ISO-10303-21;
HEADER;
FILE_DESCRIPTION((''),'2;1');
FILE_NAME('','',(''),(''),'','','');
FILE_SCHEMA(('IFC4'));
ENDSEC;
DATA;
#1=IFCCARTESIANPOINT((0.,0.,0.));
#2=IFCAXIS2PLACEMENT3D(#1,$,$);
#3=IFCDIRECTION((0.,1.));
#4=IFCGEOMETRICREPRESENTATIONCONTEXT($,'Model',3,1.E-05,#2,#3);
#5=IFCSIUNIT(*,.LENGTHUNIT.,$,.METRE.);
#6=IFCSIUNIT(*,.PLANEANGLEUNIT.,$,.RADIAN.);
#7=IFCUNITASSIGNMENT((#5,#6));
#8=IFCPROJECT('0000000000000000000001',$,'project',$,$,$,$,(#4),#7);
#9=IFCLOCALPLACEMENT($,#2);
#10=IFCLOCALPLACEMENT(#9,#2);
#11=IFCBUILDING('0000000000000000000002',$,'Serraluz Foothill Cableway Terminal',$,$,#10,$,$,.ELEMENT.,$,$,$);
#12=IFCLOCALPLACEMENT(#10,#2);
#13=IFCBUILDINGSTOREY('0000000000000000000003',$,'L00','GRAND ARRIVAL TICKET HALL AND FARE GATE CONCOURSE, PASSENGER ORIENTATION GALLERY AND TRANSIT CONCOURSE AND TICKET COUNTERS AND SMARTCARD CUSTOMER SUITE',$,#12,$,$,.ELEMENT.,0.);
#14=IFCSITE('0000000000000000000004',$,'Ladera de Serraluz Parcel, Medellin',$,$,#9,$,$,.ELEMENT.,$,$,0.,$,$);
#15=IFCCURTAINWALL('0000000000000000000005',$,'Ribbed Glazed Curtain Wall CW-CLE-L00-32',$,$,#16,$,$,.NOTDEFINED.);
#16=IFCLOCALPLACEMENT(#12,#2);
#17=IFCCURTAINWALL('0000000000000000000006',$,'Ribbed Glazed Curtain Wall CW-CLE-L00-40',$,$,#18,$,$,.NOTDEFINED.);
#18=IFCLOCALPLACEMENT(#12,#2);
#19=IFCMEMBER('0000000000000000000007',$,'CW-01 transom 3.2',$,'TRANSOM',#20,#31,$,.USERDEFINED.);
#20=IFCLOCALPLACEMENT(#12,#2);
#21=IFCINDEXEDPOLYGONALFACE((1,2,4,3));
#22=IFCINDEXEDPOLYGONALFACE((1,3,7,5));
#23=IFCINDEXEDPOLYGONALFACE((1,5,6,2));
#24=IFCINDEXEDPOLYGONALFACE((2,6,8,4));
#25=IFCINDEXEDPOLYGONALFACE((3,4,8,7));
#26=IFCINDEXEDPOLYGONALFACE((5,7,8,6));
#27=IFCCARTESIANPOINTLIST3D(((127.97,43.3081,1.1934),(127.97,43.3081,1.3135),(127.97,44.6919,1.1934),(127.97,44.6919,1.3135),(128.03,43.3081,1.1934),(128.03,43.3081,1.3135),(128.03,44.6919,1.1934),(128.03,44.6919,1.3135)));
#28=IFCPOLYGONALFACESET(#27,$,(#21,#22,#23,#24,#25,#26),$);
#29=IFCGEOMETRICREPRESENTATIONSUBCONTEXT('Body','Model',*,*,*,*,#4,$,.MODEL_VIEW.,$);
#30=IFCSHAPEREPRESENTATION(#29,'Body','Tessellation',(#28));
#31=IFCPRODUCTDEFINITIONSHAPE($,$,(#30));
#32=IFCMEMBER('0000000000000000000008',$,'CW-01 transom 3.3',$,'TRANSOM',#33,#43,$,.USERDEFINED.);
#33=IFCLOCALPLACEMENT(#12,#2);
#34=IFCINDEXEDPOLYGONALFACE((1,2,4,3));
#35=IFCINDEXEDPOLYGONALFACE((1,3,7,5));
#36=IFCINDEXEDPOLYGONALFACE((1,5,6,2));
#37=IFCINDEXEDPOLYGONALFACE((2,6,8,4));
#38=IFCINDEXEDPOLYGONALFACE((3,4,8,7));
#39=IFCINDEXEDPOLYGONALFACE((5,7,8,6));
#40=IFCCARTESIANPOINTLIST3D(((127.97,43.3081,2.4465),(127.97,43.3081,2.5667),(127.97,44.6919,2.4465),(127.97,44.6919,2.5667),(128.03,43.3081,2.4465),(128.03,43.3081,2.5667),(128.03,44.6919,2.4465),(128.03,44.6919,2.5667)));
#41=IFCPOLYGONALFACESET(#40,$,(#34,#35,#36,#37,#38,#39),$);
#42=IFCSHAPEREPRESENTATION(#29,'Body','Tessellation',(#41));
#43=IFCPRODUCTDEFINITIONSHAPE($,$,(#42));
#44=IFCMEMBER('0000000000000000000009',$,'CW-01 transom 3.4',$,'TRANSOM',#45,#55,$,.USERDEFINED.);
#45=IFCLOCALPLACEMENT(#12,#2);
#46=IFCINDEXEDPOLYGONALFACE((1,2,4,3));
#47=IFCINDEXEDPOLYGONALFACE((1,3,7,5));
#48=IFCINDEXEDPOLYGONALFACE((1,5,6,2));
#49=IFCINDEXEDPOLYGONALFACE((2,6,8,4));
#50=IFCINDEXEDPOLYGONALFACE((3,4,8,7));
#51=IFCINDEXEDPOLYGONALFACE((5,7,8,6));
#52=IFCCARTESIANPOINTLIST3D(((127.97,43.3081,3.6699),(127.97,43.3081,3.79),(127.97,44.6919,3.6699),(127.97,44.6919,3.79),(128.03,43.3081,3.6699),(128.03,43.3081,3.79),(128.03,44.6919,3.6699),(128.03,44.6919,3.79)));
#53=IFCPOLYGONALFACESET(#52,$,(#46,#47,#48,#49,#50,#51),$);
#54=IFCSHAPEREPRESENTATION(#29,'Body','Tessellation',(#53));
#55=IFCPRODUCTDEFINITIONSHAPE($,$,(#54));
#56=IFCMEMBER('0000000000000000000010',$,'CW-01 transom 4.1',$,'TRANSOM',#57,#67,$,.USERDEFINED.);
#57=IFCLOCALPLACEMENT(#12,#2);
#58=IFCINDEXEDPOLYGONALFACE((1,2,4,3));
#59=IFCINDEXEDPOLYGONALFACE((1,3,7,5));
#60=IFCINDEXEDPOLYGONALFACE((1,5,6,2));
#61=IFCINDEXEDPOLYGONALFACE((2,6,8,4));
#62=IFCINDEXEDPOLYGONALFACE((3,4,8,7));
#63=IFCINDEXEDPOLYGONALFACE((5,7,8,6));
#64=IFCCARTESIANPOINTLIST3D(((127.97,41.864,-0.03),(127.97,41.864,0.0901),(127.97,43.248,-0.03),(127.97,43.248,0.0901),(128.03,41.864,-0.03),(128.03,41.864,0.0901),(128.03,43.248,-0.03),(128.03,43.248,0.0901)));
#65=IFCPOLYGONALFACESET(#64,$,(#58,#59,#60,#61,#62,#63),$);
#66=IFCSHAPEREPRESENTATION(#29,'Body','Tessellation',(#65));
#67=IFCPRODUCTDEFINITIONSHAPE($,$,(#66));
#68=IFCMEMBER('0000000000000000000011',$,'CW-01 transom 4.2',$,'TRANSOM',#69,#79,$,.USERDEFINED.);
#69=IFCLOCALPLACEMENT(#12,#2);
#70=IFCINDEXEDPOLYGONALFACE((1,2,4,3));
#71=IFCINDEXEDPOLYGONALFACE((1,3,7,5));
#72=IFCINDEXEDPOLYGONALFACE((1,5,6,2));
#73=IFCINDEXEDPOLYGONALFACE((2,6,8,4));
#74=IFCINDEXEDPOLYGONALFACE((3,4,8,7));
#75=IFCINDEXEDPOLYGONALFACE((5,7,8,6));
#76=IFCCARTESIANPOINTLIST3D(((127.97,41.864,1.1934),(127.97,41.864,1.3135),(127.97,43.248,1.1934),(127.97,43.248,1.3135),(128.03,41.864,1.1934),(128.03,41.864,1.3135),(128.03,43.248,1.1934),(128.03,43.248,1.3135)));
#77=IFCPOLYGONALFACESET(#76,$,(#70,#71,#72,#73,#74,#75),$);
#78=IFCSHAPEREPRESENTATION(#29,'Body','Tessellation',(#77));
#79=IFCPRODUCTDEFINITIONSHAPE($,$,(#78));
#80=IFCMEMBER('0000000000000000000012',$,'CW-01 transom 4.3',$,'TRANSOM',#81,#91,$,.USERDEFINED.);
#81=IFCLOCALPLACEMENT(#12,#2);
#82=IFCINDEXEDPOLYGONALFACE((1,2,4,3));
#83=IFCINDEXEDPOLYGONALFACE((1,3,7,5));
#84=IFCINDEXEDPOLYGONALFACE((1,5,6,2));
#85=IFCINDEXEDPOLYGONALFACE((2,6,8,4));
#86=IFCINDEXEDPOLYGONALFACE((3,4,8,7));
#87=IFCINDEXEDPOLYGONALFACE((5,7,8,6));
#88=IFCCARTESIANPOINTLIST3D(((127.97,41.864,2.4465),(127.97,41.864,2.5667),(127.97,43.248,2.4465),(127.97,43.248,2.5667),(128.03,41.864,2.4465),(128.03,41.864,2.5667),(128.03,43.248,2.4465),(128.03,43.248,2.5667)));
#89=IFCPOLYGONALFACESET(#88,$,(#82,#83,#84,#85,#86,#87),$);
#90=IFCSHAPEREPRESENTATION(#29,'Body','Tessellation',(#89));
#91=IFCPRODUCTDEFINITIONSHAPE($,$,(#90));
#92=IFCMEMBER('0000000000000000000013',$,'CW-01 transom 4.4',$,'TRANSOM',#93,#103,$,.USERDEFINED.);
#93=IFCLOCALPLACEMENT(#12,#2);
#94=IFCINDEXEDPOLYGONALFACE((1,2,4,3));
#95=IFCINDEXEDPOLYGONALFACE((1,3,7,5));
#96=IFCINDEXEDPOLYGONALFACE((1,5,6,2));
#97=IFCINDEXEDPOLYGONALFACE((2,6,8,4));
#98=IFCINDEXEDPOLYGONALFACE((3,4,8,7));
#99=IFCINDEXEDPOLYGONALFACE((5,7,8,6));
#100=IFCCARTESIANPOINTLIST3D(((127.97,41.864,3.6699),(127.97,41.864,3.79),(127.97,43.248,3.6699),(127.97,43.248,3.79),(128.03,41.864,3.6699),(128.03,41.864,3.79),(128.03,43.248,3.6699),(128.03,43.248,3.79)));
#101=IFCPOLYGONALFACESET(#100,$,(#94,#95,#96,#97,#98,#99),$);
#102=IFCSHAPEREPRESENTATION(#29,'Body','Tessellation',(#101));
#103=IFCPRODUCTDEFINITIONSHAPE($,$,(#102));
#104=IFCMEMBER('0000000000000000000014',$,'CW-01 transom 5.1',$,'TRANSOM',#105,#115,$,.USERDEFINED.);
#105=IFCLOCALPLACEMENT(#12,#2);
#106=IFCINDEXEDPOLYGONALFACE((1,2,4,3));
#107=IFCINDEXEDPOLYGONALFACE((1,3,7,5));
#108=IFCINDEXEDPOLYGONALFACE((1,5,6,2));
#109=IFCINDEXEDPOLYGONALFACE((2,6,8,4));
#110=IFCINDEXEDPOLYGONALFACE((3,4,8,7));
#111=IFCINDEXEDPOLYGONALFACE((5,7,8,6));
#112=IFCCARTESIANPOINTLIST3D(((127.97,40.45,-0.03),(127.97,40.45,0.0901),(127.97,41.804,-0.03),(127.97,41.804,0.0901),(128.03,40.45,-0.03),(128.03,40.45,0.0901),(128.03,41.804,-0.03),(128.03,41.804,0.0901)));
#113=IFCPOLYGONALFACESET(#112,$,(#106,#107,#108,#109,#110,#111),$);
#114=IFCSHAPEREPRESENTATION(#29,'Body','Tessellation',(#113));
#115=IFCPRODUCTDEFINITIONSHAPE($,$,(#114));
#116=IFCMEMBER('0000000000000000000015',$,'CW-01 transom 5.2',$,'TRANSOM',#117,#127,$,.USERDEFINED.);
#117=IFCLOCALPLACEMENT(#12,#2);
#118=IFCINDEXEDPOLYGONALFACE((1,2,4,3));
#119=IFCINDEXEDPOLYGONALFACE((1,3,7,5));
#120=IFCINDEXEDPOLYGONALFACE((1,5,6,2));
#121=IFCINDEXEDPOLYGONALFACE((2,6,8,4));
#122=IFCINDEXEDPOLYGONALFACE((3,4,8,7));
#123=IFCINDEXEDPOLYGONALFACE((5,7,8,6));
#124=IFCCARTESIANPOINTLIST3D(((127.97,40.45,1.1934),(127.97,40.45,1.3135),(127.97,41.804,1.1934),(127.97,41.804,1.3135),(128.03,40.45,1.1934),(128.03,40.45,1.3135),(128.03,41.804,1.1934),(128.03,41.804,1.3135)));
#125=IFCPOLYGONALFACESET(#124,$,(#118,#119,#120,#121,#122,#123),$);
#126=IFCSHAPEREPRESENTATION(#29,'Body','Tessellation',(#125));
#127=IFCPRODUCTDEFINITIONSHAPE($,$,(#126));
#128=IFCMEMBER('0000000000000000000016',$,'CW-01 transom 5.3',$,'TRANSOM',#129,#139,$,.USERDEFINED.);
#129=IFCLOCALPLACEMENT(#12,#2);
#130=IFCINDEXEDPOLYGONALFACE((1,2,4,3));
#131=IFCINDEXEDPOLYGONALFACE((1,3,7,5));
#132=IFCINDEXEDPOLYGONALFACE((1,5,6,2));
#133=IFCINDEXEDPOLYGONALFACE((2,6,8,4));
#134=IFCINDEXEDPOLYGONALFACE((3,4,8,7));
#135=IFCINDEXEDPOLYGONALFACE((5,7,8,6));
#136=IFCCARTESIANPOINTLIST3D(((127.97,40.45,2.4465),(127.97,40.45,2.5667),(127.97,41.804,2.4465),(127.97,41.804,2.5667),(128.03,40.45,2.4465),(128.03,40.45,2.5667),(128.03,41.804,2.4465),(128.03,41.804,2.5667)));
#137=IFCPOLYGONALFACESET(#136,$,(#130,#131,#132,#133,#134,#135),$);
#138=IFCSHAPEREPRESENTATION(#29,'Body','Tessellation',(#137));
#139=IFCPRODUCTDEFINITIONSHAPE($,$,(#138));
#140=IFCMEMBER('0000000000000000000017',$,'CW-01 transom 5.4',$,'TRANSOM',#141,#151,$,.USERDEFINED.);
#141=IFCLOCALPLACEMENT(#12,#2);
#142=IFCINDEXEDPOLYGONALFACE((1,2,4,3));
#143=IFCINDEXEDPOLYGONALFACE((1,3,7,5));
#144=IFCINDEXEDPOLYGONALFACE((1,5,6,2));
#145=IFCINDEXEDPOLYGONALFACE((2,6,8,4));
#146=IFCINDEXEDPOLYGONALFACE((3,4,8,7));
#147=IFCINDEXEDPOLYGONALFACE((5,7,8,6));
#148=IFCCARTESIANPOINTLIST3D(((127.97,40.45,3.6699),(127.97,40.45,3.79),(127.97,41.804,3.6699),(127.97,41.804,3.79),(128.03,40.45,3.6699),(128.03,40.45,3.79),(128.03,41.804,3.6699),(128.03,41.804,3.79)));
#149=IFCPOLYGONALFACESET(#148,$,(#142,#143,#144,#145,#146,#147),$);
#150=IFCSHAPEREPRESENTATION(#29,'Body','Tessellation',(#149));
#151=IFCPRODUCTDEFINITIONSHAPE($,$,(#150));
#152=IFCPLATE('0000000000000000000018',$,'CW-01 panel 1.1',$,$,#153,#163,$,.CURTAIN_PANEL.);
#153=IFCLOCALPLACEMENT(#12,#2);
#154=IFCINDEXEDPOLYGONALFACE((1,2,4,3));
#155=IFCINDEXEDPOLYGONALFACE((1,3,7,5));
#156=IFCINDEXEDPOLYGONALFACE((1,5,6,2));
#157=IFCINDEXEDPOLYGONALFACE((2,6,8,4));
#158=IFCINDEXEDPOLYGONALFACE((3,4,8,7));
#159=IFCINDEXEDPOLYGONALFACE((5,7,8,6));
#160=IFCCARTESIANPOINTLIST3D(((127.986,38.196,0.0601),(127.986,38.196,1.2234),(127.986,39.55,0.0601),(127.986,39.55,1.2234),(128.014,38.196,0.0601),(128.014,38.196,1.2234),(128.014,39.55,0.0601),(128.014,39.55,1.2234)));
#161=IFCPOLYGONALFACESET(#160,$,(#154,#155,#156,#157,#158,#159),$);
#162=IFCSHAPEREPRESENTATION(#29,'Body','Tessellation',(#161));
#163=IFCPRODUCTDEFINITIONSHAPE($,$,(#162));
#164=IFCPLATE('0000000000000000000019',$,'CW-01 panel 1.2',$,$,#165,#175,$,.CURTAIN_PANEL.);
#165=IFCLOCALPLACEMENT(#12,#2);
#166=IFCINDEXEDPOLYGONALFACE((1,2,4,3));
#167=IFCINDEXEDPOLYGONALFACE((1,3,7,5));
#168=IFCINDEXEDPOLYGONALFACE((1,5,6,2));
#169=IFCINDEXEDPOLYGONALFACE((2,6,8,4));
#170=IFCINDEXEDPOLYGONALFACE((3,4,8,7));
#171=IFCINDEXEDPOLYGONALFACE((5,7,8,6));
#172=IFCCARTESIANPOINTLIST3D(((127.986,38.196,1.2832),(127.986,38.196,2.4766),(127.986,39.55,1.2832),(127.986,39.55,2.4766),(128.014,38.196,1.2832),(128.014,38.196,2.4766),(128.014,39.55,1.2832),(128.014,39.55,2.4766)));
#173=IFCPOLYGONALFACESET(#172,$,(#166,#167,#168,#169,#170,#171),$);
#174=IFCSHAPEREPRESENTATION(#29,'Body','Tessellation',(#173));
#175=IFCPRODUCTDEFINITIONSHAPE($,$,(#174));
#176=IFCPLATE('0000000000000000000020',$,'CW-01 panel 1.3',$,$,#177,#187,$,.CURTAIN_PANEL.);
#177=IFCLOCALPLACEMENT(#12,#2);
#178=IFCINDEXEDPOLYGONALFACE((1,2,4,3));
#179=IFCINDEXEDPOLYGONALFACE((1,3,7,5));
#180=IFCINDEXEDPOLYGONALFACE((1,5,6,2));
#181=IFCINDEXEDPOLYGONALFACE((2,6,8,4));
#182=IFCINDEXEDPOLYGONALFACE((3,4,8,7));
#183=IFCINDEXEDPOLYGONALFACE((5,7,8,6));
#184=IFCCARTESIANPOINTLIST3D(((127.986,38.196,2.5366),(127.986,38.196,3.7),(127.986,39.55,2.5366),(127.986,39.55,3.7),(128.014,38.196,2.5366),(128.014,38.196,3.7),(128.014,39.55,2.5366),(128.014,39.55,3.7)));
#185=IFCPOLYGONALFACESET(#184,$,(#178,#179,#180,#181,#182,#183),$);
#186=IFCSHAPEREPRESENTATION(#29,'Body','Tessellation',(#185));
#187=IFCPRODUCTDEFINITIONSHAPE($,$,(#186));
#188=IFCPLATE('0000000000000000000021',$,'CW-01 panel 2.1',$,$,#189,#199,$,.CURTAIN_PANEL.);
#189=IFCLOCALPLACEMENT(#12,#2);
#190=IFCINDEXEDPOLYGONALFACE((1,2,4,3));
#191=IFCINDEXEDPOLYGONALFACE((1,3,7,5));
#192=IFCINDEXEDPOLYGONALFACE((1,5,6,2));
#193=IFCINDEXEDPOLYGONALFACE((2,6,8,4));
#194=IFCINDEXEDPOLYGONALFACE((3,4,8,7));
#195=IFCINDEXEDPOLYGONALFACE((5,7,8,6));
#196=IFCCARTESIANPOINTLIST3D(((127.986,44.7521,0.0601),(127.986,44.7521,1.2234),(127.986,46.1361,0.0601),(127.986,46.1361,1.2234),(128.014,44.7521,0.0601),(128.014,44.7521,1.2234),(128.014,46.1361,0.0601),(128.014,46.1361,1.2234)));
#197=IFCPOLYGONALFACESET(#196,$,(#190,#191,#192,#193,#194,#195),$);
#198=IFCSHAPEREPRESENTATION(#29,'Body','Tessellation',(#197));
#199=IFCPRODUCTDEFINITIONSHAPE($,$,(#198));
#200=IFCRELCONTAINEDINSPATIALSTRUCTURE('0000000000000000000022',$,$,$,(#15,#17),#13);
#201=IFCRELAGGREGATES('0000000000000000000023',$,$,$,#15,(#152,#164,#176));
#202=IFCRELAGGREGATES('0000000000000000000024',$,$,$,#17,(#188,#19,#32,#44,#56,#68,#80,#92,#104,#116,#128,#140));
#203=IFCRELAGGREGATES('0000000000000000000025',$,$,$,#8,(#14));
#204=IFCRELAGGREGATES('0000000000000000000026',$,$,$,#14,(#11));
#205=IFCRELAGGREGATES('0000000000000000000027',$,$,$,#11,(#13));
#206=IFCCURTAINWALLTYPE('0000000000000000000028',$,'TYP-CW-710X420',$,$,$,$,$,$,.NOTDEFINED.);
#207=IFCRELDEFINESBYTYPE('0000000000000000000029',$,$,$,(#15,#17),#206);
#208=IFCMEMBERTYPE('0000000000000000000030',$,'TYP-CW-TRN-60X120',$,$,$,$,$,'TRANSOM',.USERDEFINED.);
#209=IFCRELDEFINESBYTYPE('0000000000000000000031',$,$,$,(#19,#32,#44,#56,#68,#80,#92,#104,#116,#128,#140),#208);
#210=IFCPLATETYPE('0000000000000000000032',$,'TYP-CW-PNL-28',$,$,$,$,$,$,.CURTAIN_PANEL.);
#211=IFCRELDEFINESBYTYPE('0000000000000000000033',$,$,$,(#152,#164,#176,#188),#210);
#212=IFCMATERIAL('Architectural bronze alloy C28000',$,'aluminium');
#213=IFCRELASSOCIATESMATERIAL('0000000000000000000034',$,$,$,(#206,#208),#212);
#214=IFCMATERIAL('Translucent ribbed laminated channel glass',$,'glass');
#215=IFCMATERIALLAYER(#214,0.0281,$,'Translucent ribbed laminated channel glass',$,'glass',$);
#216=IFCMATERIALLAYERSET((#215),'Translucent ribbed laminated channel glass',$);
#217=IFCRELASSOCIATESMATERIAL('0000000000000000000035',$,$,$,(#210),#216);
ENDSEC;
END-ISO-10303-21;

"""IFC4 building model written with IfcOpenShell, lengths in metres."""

from ifc_helpers import new_model, si_unit, direction, frame, origin, origin_2d, place, context, subcontext, project, spatial, rectangle, extrude, material, layer, layer_set, material_profile, profile_set, type_object, element, aggregate, save


model = new_model("IFC4")

# Units and contexts
model_context = context("Model", 3, precision=1e-05, world=origin(), true_north=direction((0.0, 1.0)))
body_context = subcontext(model_context, "Body", "Model", "MODEL_VIEW")
ifc_project = project(units=[si_unit("LENGTHUNIT", "METRE"), si_unit("PLANEANGLEUNIT", "RADIAN")], contexts=[model_context])

# Site, building, storey
site_placement = place(None, origin())
site = spatial("IfcSite", under=ifc_project, at=site_placement, Name="Ladera de Serraluz Parcel, Medellin", CompositionType="ELEMENT", RefElevation=0.0)
building_placement = place(site_placement, origin())
building = spatial("IfcBuilding", under=site, at=building_placement, Name="Serraluz Foothill Cableway Terminal", CompositionType="ELEMENT")
storey_placement = place(building_placement, origin())
storey = spatial("IfcBuildingStorey", under=building, at=storey_placement, Name="L00", Description="GRAND ARRIVAL TICKET HALL AND FARE GATE CONCOURSE, PASSENGER ORIENTATION GALLERY AND TRANSIT CONCOURSE AND TICKET COUNTERS AND SMARTCARD CUSTOMER SUITE", CompositionType="ELEMENT", Elevation=0.0)

# Curtain wall
ifc_material_1 = material(Name="Architectural bronze alloy C28000", Category="aluminium")
curtain_wall_type = type_object("IfcCurtainWallType", Name="TYP-CW-710X420", PredefinedType="NOTDEFINED", material=ifc_material_1)
curtain_wall_1_placement = place(storey_placement, origin())
curtain_wall_1 = element("IfcCurtainWall", 1, at=curtain_wall_1_placement, inside=storey, type_object=curtain_wall_type, Name="Ribbed Glazed Curtain Wall CW-CLE-L00-32", PredefinedType="NOTDEFINED")

# Curtain wall
curtain_wall_2_placement = place(storey_placement, origin())
curtain_wall_2 = element("IfcCurtainWall", 2, at=curtain_wall_2_placement, inside=storey, type_object=curtain_wall_type, Name="Ribbed Glazed Curtain Wall CW-CLE-L00-40", PredefinedType="NOTDEFINED")

# Members
ifc_material_profile_1 = material_profile(ifc_material_1, rectangle(XDim=0.0601, YDim=0.1201, at=origin_2d()), Name="ALU TRANSOM 60x120")
ifc_profile_set_1 = profile_set([ifc_material_profile_1], Name="Architectural bronze alloy C28000")
member_type_1 = type_object("IfcMemberType", Name="TYP-CW-TRN-60X120", ElementType="TRANSOM", PredefinedType="USERDEFINED", material=ifc_profile_set_1)
member_1_placement = place(storey_placement, frame((128.0, 44.6919, 1.2534), z_axis=(0.0, -1.0, 0.0), x_axis=(1.0, 0.0, 0.0)))
member_1 = element("IfcMember", 3, at=member_1_placement, type_object=member_type_1, Name="CW-01 transom 3.2", ObjectType="TRANSOM", PredefinedType="USERDEFINED", context=body_context, shape_type="SweptSolid", body=[
    extrude(rectangle(XDim=0.0601, YDim=0.1201, at=origin_2d()), origin(), (0.0, 0.0, 1.0), 1.3838),
])
member_2_placement = place(storey_placement, frame((128.0, 44.6919, 2.5066), z_axis=(0.0, -1.0, 0.0), x_axis=(1.0, 0.0, 0.0)))
member_2 = element("IfcMember", 4, at=member_2_placement, type_object=member_type_1, Name="CW-01 transom 3.3", ObjectType="TRANSOM", PredefinedType="USERDEFINED", context=body_context, shape_type="SweptSolid", body=[
    extrude(rectangle(XDim=0.0601, YDim=0.1201, at=origin_2d()), origin(), (0.0, 0.0, 1.0), 1.3838),
])
member_3_placement = place(storey_placement, frame((128.0, 44.6919, 3.73), z_axis=(0.0, -1.0, 0.0), x_axis=(1.0, 0.0, 0.0)))
member_3 = element("IfcMember", 5, at=member_3_placement, type_object=member_type_1, Name="CW-01 transom 3.4", ObjectType="TRANSOM", PredefinedType="USERDEFINED", context=body_context, shape_type="SweptSolid", body=[
    extrude(rectangle(XDim=0.0601, YDim=0.1201, at=origin_2d()), origin(), (0.0, 0.0, 1.0), 1.3838),
])
member_4_placement = place(storey_placement, frame((128.0, 43.248, 0.03), z_axis=(0.0, -1.0, 0.0), x_axis=(1.0, 0.0, 0.0)))
member_4 = element("IfcMember", 6, at=member_4_placement, type_object=member_type_1, Name="CW-01 transom 4.1", ObjectType="TRANSOM", PredefinedType="USERDEFINED", context=body_context, shape_type="SweptSolid", body=[
    extrude(rectangle(XDim=0.0601, YDim=0.1201, at=origin_2d()), origin(), (0.0, 0.0, 1.0), 1.384),
])
member_5_placement = place(storey_placement, frame((128.0, 43.248, 1.2534), z_axis=(0.0, -1.0, 0.0), x_axis=(1.0, 0.0, 0.0)))
member_5 = element("IfcMember", 7, at=member_5_placement, type_object=member_type_1, Name="CW-01 transom 4.2", ObjectType="TRANSOM", PredefinedType="USERDEFINED", context=body_context, shape_type="SweptSolid", body=[
    extrude(rectangle(XDim=0.0601, YDim=0.1201, at=origin_2d()), origin(), (0.0, 0.0, 1.0), 1.384),
])
member_6_placement = place(storey_placement, frame((128.0, 43.248, 2.5066), z_axis=(0.0, -1.0, 0.0), x_axis=(1.0, 0.0, 0.0)))
member_6 = element("IfcMember", 8, at=member_6_placement, type_object=member_type_1, Name="CW-01 transom 4.3", ObjectType="TRANSOM", PredefinedType="USERDEFINED", context=body_context, shape_type="SweptSolid", body=[
    extrude(rectangle(XDim=0.0601, YDim=0.1201, at=origin_2d()), origin(), (0.0, 0.0, 1.0), 1.384),
])
member_7_placement = place(storey_placement, frame((128.0, 43.248, 3.73), z_axis=(0.0, -1.0, 0.0), x_axis=(1.0, 0.0, 0.0)))
member_7 = element("IfcMember", 9, at=member_7_placement, type_object=member_type_1, Name="CW-01 transom 4.4", ObjectType="TRANSOM", PredefinedType="USERDEFINED", context=body_context, shape_type="SweptSolid", body=[
    extrude(rectangle(XDim=0.0601, YDim=0.1201, at=origin_2d()), origin(), (0.0, 0.0, 1.0), 1.384),
])
member_8_placement = place(storey_placement, frame((128.0, 41.804, 0.03), z_axis=(0.0, -1.0, 0.0), x_axis=(1.0, 0.0, 0.0)))
member_8 = element("IfcMember", 10, at=member_8_placement, type_object=member_type_1, Name="CW-01 transom 5.1", ObjectType="TRANSOM", PredefinedType="USERDEFINED", context=body_context, shape_type="SweptSolid", body=[
    extrude(rectangle(XDim=0.0601, YDim=0.1201, at=origin_2d()), origin(), (0.0, 0.0, 1.0), 1.354),
])
member_9_placement = place(storey_placement, frame((128.0, 41.804, 1.2534), z_axis=(0.0, -1.0, 0.0), x_axis=(1.0, 0.0, 0.0)))
member_9 = element("IfcMember", 11, at=member_9_placement, type_object=member_type_1, Name="CW-01 transom 5.2", ObjectType="TRANSOM", PredefinedType="USERDEFINED", context=body_context, shape_type="SweptSolid", body=[
    extrude(rectangle(XDim=0.0601, YDim=0.1201, at=origin_2d()), origin(), (0.0, 0.0, 1.0), 1.354),
])
member_10_placement = place(storey_placement, frame((128.0, 41.804, 2.5066), z_axis=(0.0, -1.0, 0.0), x_axis=(1.0, 0.0, 0.0)))
member_10 = element("IfcMember", 12, at=member_10_placement, type_object=member_type_1, Name="CW-01 transom 5.3", ObjectType="TRANSOM", PredefinedType="USERDEFINED", context=body_context, shape_type="SweptSolid", body=[
    extrude(rectangle(XDim=0.0601, YDim=0.1201, at=origin_2d()), origin(), (0.0, 0.0, 1.0), 1.354),
])
member_11_placement = place(storey_placement, frame((128.0, 41.804, 3.73), z_axis=(0.0, -1.0, 0.0), x_axis=(1.0, 0.0, 0.0)))
member_11 = element("IfcMember", 13, at=member_11_placement, type_object=member_type_1, Name="CW-01 transom 5.4", ObjectType="TRANSOM", PredefinedType="USERDEFINED", context=body_context, shape_type="SweptSolid", body=[
    extrude(rectangle(XDim=0.0601, YDim=0.1201, at=origin_2d()), origin(), (0.0, 0.0, 1.0), 1.354),
])

# Plates
ifc_material_2 = material(Name="Translucent ribbed laminated channel glass", Category="glass")
ifc_layer = layer(ifc_material_2, 0.0281, Name="Translucent ribbed laminated channel glass", Category="glass")
ifc_layer_set = layer_set([ifc_layer], Name="Translucent ribbed laminated channel glass")
plate_type = type_object("IfcPlateType", Name="TYP-CW-PNL-28", PredefinedType="CURTAIN_PANEL", material=ifc_layer_set)
plate_1_placement = place(storey_placement, frame((128.0, 38.873, 0.0601), z_axis=(0.0, 0.0, 1.0), x_axis=(0.0, -1.0, 0.0)))
plate_1 = element("IfcPlate", 14, at=plate_1_placement, type_object=plate_type, Name="CW-01 panel 1.1", PredefinedType="CURTAIN_PANEL", context=body_context, shape_type="SweptSolid", body=[
    extrude(rectangle(XDim=1.354, YDim=0.0281, at=origin_2d()), origin(), (0.0, 0.0, 1.0), 1.1633),
])
plate_2_placement = place(storey_placement, frame((128.0, 38.873, 1.2832), z_axis=(0.0, 0.0, 1.0), x_axis=(0.0, -1.0, 0.0)))
plate_2 = element("IfcPlate", 15, at=plate_2_placement, type_object=plate_type, Name="CW-01 panel 1.2", PredefinedType="CURTAIN_PANEL", context=body_context, shape_type="SweptSolid", body=[
    extrude(rectangle(XDim=1.354, YDim=0.0281, at=origin_2d()), origin(), (0.0, 0.0, 1.0), 1.1934),
])
plate_3_placement = place(storey_placement, frame((128.0, 38.873, 2.5366), z_axis=(0.0, 0.0, 1.0), x_axis=(0.0, -1.0, 0.0)))
plate_3 = element("IfcPlate", 16, at=plate_3_placement, type_object=plate_type, Name="CW-01 panel 1.3", PredefinedType="CURTAIN_PANEL", context=body_context, shape_type="SweptSolid", body=[
    extrude(rectangle(XDim=1.354, YDim=0.0281, at=origin_2d()), origin(), (0.0, 0.0, 1.0), 1.1633),
])
aggregate(curtain_wall_1, [plate_1, plate_2, plate_3])
plate_4_placement = place(storey_placement, frame((128.0, 45.4441, 0.0601), z_axis=(0.0, 0.0, 1.0), x_axis=(0.0, -1.0, 0.0)))
plate_4 = element("IfcPlate", 17, at=plate_4_placement, type_object=plate_type, Name="CW-01 panel 2.1", PredefinedType="CURTAIN_PANEL", context=body_context, shape_type="SweptSolid", body=[
    extrude(rectangle(XDim=1.384, YDim=0.0281, at=origin_2d()), origin(), (0.0, 0.0, 1.0), 1.1633),
])
aggregate(curtain_wall_2, [plate_4, member_1, member_2, member_3, member_4, member_5, member_6, member_7, member_8, member_9, member_10, member_11])

save(model, "model.ifc")
